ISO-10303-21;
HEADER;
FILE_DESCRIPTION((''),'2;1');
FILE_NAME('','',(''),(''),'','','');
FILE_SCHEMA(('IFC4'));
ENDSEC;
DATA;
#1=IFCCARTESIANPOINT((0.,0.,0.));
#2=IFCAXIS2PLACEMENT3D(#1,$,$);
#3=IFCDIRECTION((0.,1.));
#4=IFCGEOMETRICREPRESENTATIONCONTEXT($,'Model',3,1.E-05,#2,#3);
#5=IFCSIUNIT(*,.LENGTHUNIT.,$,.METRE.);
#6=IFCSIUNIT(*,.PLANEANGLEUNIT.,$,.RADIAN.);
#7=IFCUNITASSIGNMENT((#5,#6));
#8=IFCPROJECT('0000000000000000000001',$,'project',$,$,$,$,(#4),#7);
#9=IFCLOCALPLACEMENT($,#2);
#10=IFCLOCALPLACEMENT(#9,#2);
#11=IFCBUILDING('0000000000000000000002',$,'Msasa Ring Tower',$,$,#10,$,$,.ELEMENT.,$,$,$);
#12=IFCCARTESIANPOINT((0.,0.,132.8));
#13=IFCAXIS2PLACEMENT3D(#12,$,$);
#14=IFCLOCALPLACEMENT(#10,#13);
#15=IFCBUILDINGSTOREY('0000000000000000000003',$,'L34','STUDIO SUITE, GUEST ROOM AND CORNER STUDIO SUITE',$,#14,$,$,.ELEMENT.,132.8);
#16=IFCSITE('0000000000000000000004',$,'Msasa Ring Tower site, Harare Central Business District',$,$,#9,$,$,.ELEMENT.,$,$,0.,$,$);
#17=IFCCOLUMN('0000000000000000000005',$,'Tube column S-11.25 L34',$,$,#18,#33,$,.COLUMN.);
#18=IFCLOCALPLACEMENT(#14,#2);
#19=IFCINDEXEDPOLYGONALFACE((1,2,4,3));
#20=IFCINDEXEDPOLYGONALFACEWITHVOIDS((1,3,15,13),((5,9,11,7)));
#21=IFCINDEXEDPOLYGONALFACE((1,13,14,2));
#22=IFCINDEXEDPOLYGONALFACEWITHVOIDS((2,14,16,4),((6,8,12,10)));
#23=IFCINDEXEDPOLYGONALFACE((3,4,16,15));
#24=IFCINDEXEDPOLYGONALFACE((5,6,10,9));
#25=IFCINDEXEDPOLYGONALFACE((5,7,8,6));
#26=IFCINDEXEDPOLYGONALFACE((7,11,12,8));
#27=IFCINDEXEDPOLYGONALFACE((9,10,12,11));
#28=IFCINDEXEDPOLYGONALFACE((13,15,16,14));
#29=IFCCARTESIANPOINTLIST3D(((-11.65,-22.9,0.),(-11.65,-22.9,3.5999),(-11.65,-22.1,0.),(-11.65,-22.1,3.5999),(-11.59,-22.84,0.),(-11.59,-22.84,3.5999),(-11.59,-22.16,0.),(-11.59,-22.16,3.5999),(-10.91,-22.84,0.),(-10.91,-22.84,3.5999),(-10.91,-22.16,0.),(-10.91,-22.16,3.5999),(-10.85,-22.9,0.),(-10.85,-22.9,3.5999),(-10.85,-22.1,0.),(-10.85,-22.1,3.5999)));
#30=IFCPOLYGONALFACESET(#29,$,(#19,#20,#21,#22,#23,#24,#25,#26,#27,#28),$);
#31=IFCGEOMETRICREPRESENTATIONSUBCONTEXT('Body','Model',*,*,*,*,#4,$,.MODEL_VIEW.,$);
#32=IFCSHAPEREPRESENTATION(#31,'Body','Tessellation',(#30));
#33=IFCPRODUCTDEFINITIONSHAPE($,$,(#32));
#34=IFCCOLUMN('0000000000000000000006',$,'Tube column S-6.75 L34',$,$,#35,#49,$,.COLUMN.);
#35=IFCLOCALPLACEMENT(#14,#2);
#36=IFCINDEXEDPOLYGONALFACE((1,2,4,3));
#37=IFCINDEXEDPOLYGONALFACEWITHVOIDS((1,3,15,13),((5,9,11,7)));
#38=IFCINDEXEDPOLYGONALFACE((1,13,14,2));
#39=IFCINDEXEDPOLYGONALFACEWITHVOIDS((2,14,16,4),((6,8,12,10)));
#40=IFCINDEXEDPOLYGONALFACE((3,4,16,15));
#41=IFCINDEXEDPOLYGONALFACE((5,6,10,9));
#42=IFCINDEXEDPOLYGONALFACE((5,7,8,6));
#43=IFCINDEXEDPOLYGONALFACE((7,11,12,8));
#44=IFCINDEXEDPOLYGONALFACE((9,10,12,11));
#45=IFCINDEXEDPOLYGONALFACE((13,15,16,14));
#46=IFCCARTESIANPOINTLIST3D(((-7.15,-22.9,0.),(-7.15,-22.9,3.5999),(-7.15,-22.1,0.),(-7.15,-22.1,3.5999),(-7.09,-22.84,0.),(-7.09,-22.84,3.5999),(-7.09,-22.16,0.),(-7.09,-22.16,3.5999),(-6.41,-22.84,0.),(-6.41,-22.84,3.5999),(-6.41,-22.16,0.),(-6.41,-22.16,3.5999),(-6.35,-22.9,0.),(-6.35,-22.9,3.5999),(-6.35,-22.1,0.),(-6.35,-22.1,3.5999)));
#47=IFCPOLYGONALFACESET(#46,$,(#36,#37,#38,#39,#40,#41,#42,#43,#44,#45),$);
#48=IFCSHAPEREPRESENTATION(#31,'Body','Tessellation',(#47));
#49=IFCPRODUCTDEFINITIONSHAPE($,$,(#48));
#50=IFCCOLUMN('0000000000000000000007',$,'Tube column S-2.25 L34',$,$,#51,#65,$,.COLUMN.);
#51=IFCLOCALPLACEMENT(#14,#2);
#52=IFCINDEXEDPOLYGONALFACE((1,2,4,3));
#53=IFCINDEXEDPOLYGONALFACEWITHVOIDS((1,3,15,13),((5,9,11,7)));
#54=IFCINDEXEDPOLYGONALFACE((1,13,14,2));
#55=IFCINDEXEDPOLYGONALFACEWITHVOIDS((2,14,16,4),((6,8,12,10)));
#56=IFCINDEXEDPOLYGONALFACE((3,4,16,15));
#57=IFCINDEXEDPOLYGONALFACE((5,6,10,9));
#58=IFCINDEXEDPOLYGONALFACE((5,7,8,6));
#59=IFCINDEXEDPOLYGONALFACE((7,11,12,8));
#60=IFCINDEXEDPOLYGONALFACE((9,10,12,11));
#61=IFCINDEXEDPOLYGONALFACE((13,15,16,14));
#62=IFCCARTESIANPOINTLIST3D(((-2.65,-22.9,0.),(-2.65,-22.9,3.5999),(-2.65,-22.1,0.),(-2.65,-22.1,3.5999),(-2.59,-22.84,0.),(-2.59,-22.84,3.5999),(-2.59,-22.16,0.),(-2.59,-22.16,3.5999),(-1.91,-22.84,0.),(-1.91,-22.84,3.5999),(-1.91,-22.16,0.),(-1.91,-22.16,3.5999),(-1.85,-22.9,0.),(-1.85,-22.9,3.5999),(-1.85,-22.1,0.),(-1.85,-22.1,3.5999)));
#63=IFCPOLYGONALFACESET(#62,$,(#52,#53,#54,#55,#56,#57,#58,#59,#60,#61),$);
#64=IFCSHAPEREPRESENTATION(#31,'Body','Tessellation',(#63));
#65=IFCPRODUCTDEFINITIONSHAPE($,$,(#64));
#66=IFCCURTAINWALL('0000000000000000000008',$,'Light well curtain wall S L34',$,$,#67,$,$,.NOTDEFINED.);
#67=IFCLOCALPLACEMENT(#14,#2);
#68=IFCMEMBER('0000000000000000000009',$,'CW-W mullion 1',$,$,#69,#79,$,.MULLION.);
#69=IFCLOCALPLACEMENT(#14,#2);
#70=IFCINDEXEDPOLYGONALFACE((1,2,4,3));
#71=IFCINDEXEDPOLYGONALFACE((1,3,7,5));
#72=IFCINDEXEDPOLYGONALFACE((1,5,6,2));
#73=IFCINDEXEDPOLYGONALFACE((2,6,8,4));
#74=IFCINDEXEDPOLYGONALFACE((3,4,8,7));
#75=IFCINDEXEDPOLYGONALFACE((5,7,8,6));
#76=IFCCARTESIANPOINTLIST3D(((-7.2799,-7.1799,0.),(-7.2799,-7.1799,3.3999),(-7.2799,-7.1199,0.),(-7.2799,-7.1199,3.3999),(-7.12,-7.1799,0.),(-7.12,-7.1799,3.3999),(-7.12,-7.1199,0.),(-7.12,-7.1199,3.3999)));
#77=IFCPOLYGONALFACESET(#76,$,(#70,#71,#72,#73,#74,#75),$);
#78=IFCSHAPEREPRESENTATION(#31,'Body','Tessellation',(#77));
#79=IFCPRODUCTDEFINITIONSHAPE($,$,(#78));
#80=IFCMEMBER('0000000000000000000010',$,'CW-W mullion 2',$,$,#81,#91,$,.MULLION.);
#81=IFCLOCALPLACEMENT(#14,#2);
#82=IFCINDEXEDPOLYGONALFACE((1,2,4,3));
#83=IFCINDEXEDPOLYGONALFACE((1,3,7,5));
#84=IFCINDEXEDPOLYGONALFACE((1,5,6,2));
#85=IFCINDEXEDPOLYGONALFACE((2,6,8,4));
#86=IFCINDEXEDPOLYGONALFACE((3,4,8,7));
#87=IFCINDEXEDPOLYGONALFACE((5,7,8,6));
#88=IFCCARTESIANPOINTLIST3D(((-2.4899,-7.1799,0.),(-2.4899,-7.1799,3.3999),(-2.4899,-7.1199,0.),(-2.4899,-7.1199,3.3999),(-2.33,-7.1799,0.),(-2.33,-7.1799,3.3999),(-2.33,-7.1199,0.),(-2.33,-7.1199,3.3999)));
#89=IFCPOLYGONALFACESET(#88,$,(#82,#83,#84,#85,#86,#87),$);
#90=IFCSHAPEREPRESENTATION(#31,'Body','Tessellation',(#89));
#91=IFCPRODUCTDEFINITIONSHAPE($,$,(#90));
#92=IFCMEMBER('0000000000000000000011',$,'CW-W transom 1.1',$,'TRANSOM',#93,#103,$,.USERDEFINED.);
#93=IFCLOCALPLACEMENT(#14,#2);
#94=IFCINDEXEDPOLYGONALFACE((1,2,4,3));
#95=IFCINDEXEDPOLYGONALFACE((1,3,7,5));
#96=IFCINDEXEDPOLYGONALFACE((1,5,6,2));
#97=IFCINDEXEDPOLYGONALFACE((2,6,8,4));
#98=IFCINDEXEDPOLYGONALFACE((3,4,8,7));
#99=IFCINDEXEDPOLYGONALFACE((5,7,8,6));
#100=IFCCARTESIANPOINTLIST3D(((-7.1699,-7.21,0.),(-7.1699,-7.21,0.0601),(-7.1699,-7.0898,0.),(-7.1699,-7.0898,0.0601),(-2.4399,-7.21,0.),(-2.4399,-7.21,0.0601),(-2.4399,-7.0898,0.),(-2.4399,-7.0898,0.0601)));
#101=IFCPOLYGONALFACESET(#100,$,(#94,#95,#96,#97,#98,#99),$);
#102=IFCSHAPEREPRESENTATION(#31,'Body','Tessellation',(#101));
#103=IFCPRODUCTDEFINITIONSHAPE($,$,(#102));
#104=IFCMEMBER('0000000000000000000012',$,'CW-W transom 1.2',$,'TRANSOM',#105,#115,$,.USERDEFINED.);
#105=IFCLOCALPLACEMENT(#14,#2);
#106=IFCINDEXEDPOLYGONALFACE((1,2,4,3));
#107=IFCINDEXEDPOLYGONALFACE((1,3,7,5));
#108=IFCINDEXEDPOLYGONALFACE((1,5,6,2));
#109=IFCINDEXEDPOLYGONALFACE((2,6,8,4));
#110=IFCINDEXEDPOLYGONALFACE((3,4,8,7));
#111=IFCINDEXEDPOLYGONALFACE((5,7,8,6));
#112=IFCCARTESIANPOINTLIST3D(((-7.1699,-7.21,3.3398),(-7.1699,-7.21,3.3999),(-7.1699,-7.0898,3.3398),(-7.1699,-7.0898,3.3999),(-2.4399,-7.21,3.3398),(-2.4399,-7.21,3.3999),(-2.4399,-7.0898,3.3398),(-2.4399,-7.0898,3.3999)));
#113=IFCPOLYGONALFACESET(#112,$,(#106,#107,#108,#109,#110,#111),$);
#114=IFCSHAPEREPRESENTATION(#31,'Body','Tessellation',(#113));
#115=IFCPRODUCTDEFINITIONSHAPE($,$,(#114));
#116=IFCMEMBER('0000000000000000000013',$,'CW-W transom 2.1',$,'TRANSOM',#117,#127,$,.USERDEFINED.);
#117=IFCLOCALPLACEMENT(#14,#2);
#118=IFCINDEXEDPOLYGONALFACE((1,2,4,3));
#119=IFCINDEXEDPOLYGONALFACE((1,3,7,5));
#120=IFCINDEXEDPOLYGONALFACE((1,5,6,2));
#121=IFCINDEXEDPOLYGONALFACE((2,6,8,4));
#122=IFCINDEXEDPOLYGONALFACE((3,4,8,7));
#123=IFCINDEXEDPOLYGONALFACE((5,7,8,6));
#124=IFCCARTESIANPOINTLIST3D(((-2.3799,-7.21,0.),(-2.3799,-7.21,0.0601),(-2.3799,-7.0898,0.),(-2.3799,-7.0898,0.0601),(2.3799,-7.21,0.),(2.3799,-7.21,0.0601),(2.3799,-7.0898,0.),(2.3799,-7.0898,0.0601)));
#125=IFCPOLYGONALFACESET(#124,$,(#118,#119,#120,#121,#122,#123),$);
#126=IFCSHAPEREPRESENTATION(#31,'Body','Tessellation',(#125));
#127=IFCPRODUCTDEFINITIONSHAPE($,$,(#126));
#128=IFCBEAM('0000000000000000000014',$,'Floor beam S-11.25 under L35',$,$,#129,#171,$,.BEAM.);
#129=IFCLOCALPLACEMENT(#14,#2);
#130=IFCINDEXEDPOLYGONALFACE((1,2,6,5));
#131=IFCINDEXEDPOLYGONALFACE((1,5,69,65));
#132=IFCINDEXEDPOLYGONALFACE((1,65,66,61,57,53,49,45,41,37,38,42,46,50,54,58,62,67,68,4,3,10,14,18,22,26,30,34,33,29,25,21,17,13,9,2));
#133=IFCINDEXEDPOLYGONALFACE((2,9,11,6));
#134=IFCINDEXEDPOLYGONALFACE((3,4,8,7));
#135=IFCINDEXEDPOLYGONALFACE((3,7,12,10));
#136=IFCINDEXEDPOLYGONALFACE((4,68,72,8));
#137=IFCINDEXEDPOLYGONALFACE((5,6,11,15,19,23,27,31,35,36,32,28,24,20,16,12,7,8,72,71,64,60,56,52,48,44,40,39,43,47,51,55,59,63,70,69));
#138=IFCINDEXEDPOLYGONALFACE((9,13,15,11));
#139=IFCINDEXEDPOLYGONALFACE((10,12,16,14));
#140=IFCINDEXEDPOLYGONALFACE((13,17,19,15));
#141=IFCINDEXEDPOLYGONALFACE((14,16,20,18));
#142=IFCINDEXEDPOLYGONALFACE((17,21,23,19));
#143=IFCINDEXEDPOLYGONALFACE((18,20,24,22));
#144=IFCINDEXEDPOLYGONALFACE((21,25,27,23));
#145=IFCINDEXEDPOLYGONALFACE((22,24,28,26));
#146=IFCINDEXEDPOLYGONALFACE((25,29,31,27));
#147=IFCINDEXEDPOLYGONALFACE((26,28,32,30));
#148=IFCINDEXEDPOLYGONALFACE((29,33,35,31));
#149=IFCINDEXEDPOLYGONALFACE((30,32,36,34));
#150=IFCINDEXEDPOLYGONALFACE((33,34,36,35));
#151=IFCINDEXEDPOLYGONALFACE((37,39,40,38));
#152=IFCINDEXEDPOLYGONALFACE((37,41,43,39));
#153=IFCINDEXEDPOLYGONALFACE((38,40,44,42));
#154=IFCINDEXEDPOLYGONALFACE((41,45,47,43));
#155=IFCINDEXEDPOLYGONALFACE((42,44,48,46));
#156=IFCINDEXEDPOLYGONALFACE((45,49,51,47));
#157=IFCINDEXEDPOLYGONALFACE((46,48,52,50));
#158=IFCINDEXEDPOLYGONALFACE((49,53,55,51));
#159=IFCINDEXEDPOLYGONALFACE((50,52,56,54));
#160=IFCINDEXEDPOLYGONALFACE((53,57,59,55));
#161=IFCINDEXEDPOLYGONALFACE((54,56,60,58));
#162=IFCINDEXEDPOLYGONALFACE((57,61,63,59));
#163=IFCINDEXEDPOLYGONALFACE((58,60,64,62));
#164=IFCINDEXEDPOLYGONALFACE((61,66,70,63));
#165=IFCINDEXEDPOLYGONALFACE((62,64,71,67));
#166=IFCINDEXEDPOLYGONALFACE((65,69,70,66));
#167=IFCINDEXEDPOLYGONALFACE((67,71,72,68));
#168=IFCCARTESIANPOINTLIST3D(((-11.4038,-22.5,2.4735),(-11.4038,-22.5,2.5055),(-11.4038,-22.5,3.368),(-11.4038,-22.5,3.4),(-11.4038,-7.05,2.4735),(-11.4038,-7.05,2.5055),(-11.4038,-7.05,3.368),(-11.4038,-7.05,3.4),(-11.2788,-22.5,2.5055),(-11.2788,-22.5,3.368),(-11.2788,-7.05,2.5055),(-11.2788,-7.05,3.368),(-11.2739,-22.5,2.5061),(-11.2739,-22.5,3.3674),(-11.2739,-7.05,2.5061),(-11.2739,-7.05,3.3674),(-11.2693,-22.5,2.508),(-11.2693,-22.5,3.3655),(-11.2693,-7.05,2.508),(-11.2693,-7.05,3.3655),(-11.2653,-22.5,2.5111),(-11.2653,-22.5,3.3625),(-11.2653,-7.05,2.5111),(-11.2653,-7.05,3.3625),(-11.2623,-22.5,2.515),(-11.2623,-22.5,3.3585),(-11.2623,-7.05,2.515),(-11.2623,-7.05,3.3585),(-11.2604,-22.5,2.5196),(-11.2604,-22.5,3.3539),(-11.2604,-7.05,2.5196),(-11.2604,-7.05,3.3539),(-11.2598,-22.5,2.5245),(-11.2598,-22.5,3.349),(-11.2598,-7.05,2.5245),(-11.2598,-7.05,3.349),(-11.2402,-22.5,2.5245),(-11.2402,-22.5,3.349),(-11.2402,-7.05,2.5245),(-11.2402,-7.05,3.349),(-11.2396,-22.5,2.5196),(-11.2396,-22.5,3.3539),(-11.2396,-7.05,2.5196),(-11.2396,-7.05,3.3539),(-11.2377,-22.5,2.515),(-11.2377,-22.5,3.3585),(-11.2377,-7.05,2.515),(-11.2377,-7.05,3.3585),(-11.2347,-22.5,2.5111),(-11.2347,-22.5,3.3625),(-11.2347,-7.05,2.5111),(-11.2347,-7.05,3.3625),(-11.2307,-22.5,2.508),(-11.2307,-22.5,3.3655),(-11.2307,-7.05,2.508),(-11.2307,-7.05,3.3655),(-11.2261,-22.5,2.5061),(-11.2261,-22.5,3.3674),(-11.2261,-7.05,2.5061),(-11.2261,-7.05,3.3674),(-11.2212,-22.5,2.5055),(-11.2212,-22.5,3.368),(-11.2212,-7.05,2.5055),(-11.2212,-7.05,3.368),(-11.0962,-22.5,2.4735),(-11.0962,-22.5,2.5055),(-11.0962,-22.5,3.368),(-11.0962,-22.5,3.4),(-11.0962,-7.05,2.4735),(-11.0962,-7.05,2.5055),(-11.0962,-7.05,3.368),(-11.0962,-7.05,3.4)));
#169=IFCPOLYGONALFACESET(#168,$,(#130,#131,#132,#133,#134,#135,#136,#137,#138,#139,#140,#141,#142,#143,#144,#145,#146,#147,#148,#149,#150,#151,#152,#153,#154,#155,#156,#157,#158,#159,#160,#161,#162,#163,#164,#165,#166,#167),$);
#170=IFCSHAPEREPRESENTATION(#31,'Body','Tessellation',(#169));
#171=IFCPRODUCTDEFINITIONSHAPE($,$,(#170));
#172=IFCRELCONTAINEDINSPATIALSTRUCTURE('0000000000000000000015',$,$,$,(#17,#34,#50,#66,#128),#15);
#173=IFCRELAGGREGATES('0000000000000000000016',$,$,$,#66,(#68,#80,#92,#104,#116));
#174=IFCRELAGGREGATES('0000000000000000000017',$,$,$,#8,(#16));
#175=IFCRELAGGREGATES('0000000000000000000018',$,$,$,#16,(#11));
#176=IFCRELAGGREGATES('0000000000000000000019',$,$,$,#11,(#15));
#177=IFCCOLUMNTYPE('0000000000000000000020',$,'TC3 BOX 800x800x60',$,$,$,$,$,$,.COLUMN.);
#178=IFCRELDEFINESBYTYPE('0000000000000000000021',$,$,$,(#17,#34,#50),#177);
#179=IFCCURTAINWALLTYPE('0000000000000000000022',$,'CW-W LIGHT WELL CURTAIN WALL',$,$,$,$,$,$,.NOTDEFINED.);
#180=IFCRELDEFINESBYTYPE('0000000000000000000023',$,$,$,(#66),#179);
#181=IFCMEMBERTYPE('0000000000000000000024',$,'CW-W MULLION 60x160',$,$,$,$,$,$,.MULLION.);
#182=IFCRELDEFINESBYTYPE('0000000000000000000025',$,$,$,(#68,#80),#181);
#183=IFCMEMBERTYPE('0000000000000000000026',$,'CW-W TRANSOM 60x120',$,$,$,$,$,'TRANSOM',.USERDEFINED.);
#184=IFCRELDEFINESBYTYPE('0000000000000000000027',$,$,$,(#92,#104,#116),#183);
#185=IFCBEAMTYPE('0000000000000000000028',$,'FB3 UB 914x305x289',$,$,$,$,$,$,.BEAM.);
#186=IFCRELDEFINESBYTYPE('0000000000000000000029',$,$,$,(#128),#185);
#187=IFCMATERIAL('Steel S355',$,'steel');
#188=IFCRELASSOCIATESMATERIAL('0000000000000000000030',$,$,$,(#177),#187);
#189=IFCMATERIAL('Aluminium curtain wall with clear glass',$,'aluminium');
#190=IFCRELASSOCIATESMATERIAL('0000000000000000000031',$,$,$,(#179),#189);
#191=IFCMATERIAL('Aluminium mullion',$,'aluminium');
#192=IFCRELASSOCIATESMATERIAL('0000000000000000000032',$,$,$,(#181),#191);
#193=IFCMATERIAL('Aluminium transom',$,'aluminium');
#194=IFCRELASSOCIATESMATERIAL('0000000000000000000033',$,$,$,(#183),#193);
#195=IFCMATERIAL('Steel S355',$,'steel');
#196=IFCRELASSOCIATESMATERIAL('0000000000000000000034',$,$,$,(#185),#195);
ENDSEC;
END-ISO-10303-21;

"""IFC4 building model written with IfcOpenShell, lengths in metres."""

from ifc_helpers import new_model, si_unit, direction, frame, origin, origin_2d, place, context, subcontext, project, spatial, rectangle, hollow_rectangle, i_section, extrude, material, material_profile, profile_set, type_object, element, aggregate, save


model = new_model("IFC4")

# Units and contexts
model_context = context("Model", 3, precision=1e-05, world=origin(), true_north=direction((0.0, 1.0)))
body_context = subcontext(model_context, "Body", "Model", "MODEL_VIEW")
ifc_project = project(units=[si_unit("LENGTHUNIT", "METRE"), si_unit("PLANEANGLEUNIT", "RADIAN")], contexts=[model_context])

# Site, building, storey
site_placement = place(None, origin())
site = spatial("IfcSite", under=ifc_project, at=site_placement, Name="Msasa Ring Tower site, Harare Central Business District", CompositionType="ELEMENT", RefElevation=0.0)
building_placement = place(site_placement, origin())
building = spatial("IfcBuilding", under=site, at=building_placement, Name="Msasa Ring Tower", CompositionType="ELEMENT")
storey_placement = place(building_placement, frame((0.0, 0.0, 132.8)))
storey = spatial("IfcBuildingStorey", under=building, at=storey_placement, Name="L34", Description="STUDIO SUITE, GUEST ROOM AND CORNER STUDIO SUITE", CompositionType="ELEMENT", Elevation=132.8)

# Columns
ifc_material_1 = material(Name="Steel S355", Category="steel")
ifc_material_profile_1 = material_profile(ifc_material_1, hollow_rectangle(XDim=0.8, YDim=0.8, WallThickness=0.0601, at=origin_2d()), Name="BOX 800x800x60")
ifc_profile_set_1 = profile_set([ifc_material_profile_1], Name="Steel S355")
column_type = type_object("IfcColumnType", Name="TC3 BOX 800x800x60", PredefinedType="COLUMN", material=ifc_profile_set_1)
for number, where, z_axis, x_axis, name in (
    (1, (-11.25, -22.5, 0.0), (0.0, 0.0, 1.0), (0.0, 1.0, 0.0), "Tube column S-11.25 L34"),
    (2, (-6.75, -22.5, 0.0), (0.0, 0.0, 1.0), (0.0, 1.0, 0.0), "Tube column S-6.75 L34"),
    (3, (-2.25, -22.5, 0.0), (0.0, 0.0, 1.0), (0.0, 1.0, 0.0), "Tube column S-2.25 L34"),
):
    element("IfcColumn", number, at=place(storey_placement, frame(where, z_axis=z_axis, x_axis=x_axis)), inside=storey, type_object=column_type, Name=name, PredefinedType="COLUMN", context=body_context, shape_type="SweptSolid", body=[
        extrude(hollow_rectangle(XDim=0.8, YDim=0.8, WallThickness=0.0601, at=origin_2d()), origin(), (0.0, 0.0, 1.0), 3.5999),
    ])

# Curtain wall, members
ifc_material_2 = material(Name="Aluminium curtain wall with clear glass", Category="aluminium")
curtain_wall_type = type_object("IfcCurtainWallType", Name="CW-W LIGHT WELL CURTAIN WALL", PredefinedType="NOTDEFINED", material=ifc_material_2)
curtain_wall_placement = place(storey_placement, origin())
curtain_wall = element("IfcCurtainWall", 4, at=curtain_wall_placement, inside=storey, type_object=curtain_wall_type, Name="Light well curtain wall S L34", PredefinedType="NOTDEFINED")
ifc_material_3 = material(Name="Aluminium mullion", Category="aluminium")
ifc_material_profile_2 = material_profile(ifc_material_3, rectangle(XDim=0.0601, YDim=0.1599, at=origin_2d()), Name="AL 60x160")
ifc_profile_set_2 = profile_set([ifc_material_profile_2], Name="Aluminium mullion")
member_type_1 = type_object("IfcMemberType", Name="CW-W MULLION 60x160", PredefinedType="MULLION", material=ifc_profile_set_2)
member_1_placement = place(storey_placement, frame((-7.2, -7.1499, 0.0), z_axis=(0.0, 0.0, 1.0), x_axis=(0.0, 1.0, 0.0)))
member_1 = element("IfcMember", 5, at=member_1_placement, type_object=member_type_1, Name="CW-W mullion 1", PredefinedType="MULLION", context=body_context, shape_type="SweptSolid", body=[
    extrude(rectangle(XDim=0.0601, YDim=0.1599, at=origin_2d()), origin(), (0.0, 0.0, 1.0), 3.3999),
])
member_2_placement = place(storey_placement, frame((-2.4099, -7.1499, 0.0), z_axis=(0.0, 0.0, 1.0), x_axis=(0.0, 1.0, 0.0)))
member_2 = element("IfcMember", 6, at=member_2_placement, type_object=member_type_1, Name="CW-W mullion 2", PredefinedType="MULLION", context=body_context, shape_type="SweptSolid", body=[
    extrude(rectangle(XDim=0.0601, YDim=0.1599, at=origin_2d()), origin(), (0.0, 0.0, 1.0), 3.3999),
])
ifc_material_4 = material(Name="Aluminium transom", Category="aluminium")
ifc_material_profile_3 = material_profile(ifc_material_4, rectangle(XDim=0.1201, YDim=0.0601, at=origin_2d()), Name="AL 60x120")
ifc_profile_set_3 = profile_set([ifc_material_profile_3], Name="Aluminium transom")
member_type_2 = type_object("IfcMemberType", Name="CW-W TRANSOM 60x120", ElementType="TRANSOM", PredefinedType="USERDEFINED", material=ifc_profile_set_3)
member_3_placement = place(storey_placement, frame((-7.1699, -7.1499, 0.03), z_axis=(1.0, 0.0, 0.0), x_axis=(0.0, 1.0, 0.0)))
member_3 = element("IfcMember", 7, at=member_3_placement, type_object=member_type_2, Name="CW-W transom 1.1", ObjectType="TRANSOM", PredefinedType="USERDEFINED", context=body_context, shape_type="SweptSolid", body=[
    extrude(rectangle(XDim=0.1201, YDim=0.0601, at=origin_2d()), origin(), (0.0, 0.0, 1.0), 4.73),
])
member_4_placement = place(storey_placement, frame((-7.1699, -7.1499, 3.3699), z_axis=(1.0, 0.0, 0.0), x_axis=(0.0, 1.0, 0.0)))
member_4 = element("IfcMember", 8, at=member_4_placement, type_object=member_type_2, Name="CW-W transom 1.2", ObjectType="TRANSOM", PredefinedType="USERDEFINED", context=body_context, shape_type="SweptSolid", body=[
    extrude(rectangle(XDim=0.1201, YDim=0.0601, at=origin_2d()), origin(), (0.0, 0.0, 1.0), 4.73),
])
member_5_placement = place(storey_placement, frame((-2.3799, -7.1499, 0.03), z_axis=(1.0, 0.0, 0.0), x_axis=(0.0, 1.0, 0.0)))
member_5 = element("IfcMember", 9, at=member_5_placement, type_object=member_type_2, Name="CW-W transom 2.1", ObjectType="TRANSOM", PredefinedType="USERDEFINED", context=body_context, shape_type="SweptSolid", body=[
    extrude(rectangle(XDim=0.1201, YDim=0.0601, at=origin_2d()), origin(), (0.0, 0.0, 1.0), 4.7598),
])

# Beam
ifc_material_5 = material(Name="Steel S355", Category="steel")
ifc_material_profile_4 = material_profile(ifc_material_5, i_section(OverallWidth=0.3076, OverallDepth=0.9265, WebThickness=0.0195, FlangeThickness=0.032, FilletRadius=0.019, at=origin_2d()), Name="UB 914x305x289")
ifc_profile_set_4 = profile_set([ifc_material_profile_4], Name="Steel S355")
beam_type_1 = type_object("IfcBeamType", Name="FB3 UB 914x305x289", PredefinedType="BEAM", material=ifc_profile_set_4)
beam_placement = place(storey_placement, frame((-11.25, -22.5, 2.9368), z_axis=(0.0, 1.0, 0.0), x_axis=(-1.0, 0.0, 0.0)))
element("IfcBeam", 10, at=beam_placement, inside=storey, type_object=beam_type_1, Name="Floor beam S-11.25 under L35", PredefinedType="BEAM", context=body_context, shape_type="SweptSolid", body=[
    extrude(i_section(OverallWidth=0.3076, OverallDepth=0.9265, WebThickness=0.0195, FlangeThickness=0.032, FilletRadius=0.019, at=origin_2d()), origin(), (0.0, 0.0, 1.0), 15.45),
])

aggregate(curtain_wall, [member_1, member_2, member_3, member_4, member_5])

save(model, "model.ifc")
